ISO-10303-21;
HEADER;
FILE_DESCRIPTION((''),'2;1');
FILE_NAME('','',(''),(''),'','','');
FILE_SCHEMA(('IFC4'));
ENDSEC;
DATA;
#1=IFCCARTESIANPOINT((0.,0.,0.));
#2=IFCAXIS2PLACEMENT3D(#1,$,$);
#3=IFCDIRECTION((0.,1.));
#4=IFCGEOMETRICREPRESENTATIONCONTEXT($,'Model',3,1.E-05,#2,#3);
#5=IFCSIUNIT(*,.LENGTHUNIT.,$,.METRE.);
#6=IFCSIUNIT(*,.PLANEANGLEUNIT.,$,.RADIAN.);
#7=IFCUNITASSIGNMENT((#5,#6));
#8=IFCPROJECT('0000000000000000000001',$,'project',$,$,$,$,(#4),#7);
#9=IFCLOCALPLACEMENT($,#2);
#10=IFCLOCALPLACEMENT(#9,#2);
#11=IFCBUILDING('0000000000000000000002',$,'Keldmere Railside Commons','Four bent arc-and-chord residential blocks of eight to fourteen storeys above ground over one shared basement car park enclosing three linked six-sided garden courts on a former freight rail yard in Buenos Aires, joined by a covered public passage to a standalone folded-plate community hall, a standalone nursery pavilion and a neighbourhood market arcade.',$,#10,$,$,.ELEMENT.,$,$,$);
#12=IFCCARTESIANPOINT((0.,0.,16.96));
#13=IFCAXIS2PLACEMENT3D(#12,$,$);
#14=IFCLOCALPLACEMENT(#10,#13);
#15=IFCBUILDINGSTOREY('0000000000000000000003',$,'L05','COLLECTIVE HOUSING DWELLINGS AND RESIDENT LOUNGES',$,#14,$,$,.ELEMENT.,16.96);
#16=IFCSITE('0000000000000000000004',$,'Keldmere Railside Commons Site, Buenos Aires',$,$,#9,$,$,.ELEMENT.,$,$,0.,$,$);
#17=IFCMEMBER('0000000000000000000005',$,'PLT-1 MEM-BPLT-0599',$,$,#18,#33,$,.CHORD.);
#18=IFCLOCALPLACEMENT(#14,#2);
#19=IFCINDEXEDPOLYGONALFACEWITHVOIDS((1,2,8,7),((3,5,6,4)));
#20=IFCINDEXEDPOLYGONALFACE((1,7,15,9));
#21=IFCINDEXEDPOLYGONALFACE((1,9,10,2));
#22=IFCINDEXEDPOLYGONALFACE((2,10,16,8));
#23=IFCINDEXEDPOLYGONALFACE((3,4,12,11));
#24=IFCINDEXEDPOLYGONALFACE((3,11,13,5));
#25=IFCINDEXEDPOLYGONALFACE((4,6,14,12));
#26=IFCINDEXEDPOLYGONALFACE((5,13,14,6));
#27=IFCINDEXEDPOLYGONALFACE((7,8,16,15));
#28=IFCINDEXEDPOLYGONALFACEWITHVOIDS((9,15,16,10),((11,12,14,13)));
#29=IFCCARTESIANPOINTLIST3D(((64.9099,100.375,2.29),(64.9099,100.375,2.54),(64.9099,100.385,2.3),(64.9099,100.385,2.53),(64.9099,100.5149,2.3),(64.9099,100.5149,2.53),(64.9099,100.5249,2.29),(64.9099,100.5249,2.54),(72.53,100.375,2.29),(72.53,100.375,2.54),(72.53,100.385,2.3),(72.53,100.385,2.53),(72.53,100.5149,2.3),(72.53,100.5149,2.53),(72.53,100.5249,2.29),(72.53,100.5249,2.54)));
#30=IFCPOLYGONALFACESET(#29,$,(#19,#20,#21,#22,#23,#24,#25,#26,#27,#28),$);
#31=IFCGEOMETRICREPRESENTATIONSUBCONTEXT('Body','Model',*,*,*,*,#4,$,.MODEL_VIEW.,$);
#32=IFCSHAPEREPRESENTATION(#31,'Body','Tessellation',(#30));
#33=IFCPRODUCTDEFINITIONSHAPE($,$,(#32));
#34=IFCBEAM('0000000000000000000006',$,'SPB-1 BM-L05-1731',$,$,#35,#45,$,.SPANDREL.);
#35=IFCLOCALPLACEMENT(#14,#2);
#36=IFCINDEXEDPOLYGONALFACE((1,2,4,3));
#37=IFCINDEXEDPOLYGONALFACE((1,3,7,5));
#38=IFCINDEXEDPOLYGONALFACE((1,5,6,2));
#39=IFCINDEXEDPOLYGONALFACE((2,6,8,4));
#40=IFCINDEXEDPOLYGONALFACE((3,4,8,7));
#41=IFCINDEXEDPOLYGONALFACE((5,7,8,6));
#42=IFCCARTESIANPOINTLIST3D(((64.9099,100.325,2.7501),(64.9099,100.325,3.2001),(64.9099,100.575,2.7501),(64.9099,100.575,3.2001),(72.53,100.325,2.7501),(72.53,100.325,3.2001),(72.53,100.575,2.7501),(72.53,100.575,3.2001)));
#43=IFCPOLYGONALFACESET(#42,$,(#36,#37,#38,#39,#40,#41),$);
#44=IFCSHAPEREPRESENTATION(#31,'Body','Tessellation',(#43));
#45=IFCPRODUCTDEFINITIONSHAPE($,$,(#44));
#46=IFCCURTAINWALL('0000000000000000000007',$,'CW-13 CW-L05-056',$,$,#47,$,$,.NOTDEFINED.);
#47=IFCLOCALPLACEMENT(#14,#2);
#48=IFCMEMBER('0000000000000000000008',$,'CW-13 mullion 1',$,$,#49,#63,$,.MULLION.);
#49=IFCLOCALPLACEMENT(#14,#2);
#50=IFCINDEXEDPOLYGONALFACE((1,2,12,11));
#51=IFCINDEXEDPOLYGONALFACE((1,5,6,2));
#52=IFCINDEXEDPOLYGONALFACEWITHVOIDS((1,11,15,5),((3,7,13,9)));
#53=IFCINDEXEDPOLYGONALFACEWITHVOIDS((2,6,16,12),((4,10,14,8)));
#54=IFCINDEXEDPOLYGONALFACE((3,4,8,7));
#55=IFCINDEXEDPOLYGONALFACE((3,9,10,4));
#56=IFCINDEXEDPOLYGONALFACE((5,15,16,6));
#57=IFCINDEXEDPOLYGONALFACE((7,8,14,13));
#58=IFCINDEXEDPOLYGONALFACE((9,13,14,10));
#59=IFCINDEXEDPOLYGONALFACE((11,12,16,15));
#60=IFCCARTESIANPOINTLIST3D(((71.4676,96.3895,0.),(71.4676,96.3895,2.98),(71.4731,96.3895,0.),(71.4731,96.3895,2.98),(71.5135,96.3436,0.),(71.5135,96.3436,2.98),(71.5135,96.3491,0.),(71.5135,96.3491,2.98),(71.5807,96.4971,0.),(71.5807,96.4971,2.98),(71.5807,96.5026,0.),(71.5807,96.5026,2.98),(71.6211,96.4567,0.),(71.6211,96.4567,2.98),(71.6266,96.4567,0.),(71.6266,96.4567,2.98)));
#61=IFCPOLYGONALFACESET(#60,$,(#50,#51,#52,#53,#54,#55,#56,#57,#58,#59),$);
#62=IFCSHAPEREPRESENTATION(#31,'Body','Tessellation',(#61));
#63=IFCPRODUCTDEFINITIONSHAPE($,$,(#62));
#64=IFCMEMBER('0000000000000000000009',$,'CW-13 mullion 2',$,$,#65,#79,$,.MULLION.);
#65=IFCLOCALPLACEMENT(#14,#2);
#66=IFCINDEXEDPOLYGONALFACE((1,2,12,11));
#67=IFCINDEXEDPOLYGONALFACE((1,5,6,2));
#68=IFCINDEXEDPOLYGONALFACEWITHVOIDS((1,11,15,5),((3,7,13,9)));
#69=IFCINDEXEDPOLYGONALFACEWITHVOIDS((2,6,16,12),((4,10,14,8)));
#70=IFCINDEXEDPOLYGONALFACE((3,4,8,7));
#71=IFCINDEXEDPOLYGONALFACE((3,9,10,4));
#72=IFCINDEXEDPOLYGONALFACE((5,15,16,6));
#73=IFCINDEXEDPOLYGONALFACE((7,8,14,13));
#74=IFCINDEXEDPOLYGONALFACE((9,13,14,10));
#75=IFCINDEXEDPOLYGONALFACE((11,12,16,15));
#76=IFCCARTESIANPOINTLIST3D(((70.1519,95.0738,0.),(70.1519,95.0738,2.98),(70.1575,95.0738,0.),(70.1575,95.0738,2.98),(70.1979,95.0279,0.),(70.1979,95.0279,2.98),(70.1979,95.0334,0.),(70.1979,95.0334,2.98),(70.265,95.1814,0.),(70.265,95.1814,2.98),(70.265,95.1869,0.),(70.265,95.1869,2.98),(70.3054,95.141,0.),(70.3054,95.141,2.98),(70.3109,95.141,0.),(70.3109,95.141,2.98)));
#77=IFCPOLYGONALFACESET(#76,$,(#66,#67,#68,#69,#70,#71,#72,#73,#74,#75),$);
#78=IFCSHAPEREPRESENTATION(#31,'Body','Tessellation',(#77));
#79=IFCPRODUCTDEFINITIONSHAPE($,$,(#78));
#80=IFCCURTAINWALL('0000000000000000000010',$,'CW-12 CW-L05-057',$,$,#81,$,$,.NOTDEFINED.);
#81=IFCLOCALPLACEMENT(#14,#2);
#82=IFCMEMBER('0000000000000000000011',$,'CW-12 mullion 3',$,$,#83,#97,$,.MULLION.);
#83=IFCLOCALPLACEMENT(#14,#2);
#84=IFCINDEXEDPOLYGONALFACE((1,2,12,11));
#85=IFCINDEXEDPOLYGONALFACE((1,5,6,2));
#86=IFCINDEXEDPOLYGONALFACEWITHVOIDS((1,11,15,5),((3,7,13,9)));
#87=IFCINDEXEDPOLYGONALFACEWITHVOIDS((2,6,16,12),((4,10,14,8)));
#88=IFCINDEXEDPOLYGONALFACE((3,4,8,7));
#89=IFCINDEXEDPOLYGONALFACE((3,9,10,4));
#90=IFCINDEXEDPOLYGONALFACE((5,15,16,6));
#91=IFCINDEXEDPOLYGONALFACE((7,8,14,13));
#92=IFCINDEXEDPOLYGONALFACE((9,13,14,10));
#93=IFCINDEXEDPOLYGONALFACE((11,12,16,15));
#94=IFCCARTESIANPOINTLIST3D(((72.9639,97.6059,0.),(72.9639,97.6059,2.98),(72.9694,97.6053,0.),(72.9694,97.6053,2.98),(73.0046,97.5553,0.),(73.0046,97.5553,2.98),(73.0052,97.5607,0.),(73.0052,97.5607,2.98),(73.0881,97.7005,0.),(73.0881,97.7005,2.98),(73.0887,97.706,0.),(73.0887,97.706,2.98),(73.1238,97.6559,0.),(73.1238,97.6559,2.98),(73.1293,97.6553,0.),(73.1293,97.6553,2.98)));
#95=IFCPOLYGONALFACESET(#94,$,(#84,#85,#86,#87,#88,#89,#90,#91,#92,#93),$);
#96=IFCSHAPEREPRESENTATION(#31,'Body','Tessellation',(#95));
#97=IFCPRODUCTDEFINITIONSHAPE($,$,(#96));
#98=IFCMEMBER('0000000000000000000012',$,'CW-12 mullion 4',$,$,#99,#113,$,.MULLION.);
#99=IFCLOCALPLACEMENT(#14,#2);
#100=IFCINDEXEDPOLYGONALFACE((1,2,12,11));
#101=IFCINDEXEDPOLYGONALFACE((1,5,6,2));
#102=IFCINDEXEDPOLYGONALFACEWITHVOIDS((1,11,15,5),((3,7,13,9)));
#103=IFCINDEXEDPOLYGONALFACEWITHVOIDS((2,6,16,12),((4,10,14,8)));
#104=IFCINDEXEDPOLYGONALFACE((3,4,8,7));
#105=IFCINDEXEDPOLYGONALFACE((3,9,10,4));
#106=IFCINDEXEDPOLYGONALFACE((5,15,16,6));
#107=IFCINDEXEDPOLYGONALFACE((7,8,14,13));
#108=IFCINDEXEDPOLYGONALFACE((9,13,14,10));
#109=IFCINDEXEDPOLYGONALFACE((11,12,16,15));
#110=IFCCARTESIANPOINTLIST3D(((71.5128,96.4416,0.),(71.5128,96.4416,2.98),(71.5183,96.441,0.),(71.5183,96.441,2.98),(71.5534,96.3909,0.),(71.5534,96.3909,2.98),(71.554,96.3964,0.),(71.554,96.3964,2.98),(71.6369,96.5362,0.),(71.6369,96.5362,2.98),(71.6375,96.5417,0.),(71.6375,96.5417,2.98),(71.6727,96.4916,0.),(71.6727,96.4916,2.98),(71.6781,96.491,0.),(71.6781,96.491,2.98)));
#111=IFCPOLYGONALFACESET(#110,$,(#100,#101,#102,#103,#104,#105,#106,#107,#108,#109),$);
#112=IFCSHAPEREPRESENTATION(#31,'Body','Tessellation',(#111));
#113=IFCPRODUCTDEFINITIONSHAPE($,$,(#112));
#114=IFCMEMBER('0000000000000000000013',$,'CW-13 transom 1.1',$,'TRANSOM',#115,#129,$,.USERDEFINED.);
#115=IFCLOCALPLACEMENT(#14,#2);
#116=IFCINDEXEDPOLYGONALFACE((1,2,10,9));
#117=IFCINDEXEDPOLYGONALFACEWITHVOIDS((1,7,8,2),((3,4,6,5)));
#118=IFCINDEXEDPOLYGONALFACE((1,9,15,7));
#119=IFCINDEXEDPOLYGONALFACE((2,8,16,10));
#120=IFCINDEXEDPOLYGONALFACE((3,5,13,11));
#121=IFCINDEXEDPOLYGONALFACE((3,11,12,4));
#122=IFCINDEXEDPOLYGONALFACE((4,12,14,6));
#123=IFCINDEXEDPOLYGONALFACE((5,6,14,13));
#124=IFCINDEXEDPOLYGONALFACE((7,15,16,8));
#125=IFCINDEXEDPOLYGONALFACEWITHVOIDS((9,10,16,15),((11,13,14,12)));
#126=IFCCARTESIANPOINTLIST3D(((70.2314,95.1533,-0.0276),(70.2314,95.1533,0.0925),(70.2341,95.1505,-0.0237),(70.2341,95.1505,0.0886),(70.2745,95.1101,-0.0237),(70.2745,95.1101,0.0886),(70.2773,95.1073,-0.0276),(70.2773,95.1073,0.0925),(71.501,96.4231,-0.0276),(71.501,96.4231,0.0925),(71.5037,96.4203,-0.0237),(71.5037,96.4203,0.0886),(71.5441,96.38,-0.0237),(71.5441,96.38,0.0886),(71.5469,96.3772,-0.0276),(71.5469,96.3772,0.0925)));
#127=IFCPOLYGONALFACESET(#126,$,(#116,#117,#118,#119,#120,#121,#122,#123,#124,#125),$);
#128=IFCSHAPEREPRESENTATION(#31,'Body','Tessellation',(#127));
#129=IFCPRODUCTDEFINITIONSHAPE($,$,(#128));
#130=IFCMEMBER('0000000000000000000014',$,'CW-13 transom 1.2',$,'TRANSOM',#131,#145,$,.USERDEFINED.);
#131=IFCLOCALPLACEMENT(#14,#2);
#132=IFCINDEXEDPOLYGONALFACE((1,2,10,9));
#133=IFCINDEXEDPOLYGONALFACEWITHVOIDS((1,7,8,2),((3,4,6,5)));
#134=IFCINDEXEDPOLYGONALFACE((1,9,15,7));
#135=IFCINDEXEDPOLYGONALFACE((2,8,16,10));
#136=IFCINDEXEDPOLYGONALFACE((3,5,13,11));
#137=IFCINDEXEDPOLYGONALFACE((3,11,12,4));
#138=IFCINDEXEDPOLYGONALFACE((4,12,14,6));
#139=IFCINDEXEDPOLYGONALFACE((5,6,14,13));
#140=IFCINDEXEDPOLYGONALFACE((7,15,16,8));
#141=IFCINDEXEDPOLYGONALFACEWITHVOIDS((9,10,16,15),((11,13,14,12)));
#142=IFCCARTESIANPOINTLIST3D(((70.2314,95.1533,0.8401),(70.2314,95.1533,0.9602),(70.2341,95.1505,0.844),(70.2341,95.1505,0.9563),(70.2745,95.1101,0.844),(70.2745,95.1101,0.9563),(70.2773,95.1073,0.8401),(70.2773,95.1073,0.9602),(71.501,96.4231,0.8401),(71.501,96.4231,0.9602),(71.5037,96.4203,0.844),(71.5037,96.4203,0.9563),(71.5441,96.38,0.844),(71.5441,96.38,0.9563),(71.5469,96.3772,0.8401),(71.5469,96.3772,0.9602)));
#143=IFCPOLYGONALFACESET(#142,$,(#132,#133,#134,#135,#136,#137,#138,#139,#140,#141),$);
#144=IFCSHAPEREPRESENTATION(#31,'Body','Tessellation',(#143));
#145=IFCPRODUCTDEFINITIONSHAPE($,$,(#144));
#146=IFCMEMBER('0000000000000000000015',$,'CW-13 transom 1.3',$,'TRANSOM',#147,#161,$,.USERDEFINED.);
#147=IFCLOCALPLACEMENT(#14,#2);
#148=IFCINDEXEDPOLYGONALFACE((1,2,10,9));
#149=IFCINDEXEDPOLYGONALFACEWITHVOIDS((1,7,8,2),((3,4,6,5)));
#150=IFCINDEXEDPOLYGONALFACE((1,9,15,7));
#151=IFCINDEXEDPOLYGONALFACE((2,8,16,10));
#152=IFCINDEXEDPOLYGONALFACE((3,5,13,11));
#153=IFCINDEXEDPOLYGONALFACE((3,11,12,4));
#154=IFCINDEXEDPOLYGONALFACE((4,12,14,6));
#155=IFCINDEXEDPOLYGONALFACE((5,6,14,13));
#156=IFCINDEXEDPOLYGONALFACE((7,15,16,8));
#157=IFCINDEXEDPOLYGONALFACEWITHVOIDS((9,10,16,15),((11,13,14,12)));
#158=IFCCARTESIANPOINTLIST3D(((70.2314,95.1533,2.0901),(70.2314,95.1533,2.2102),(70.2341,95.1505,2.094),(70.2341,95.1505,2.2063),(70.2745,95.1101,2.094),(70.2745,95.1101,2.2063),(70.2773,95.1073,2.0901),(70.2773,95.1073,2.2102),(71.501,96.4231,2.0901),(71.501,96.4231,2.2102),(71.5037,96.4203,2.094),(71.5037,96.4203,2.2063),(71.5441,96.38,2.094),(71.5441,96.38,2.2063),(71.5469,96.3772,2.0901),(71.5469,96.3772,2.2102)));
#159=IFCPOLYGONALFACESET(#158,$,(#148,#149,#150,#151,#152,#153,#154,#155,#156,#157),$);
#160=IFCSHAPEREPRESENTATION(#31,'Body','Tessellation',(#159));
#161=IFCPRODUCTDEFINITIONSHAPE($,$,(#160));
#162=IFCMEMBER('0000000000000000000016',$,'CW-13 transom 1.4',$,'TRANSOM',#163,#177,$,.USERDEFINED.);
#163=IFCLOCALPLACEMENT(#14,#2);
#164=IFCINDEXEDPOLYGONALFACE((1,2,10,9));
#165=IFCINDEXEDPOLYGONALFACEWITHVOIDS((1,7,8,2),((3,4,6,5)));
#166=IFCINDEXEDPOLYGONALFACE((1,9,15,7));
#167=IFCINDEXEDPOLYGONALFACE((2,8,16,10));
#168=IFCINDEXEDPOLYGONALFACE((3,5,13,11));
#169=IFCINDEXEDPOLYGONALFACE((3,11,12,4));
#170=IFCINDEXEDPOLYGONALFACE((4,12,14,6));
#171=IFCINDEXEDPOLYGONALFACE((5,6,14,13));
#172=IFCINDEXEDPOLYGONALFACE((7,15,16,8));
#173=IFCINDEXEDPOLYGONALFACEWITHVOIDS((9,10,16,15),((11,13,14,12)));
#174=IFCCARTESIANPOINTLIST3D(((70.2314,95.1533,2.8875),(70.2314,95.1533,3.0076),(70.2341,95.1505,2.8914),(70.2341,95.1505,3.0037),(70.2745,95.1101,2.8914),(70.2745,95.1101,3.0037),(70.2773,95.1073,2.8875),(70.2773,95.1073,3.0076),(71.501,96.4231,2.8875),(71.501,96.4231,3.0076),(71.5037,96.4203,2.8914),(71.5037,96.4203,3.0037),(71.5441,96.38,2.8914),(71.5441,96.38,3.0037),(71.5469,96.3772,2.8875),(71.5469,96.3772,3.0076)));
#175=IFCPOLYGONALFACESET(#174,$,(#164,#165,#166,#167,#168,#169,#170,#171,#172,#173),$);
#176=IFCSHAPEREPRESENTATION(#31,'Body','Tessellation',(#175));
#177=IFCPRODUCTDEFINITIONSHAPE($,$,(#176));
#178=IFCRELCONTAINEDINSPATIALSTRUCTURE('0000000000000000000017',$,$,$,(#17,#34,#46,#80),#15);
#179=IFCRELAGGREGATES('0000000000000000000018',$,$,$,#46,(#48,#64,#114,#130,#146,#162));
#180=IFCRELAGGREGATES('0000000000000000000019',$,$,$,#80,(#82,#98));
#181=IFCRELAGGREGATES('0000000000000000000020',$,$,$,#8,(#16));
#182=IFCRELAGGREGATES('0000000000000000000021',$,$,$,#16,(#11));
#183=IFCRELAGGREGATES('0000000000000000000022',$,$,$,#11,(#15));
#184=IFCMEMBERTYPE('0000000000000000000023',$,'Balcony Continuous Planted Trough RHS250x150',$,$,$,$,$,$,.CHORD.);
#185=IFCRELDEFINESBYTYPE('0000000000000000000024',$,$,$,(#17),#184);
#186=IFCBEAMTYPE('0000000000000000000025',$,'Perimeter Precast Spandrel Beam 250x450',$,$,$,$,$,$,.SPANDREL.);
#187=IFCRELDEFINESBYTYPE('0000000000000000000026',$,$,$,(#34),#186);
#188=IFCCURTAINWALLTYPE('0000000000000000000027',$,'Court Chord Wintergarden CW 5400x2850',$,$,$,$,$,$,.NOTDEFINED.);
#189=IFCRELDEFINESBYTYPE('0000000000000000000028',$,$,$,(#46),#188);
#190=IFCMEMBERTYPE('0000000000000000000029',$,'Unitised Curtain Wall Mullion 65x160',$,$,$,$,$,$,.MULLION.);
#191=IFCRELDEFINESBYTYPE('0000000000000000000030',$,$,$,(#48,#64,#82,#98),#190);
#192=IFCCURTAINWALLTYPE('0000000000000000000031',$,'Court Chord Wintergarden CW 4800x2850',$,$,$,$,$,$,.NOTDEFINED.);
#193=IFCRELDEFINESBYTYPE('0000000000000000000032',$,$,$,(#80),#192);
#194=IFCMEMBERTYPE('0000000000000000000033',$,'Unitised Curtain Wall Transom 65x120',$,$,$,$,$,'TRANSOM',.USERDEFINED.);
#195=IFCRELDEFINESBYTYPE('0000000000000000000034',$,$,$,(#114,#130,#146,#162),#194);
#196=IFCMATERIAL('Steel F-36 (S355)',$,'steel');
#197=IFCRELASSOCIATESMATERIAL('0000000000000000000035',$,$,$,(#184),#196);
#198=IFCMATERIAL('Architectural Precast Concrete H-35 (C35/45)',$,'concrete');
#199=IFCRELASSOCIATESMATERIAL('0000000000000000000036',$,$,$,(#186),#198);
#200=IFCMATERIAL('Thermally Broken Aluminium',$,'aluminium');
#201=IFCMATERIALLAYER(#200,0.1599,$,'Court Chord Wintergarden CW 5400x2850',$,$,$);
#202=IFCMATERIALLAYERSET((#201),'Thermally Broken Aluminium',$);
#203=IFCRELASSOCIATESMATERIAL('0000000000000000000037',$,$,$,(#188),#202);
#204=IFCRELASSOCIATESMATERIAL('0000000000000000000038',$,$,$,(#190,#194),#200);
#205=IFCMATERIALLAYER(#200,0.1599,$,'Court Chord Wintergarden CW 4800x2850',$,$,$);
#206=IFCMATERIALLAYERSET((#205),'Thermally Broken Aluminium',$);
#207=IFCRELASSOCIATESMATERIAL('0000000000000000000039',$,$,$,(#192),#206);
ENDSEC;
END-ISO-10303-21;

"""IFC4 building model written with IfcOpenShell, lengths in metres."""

from ifc_helpers import new_model, si_unit, direction, frame, origin, origin_2d, place, context, subcontext, project, spatial, rectangle, hollow_rectangle, extrude, material, layer, layer_set, material_profile, profile_set, type_object, element, aggregate, save


model = new_model("IFC4")

# Units and contexts
model_context = context("Model", 3, precision=1e-05, world=origin(), true_north=direction((0.0, 1.0)))
body_context = subcontext(model_context, "Body", "Model", "MODEL_VIEW")
ifc_project = project(units=[si_unit("LENGTHUNIT", "METRE"), si_unit("PLANEANGLEUNIT", "RADIAN")], contexts=[model_context])

# Site, building, storey
site_placement = place(None, origin())
site = spatial("IfcSite", under=ifc_project, at=site_placement, Name="Keldmere Railside Commons Site, Buenos Aires", CompositionType="ELEMENT", RefElevation=0.0)
building_placement = place(site_placement, origin())
building = spatial("IfcBuilding", under=site, at=building_placement, Name="Keldmere Railside Commons", Description="Four bent arc-and-chord residential blocks of eight to fourteen storeys above ground over one shared basement car park enclosing three linked six-sided garden courts on a former freight rail yard in Buenos Aires, joined by a covered public passage to a standalone folded-plate community hall, a standalone nursery pavilion and a neighbourhood market arcade.", CompositionType="ELEMENT")
storey_placement = place(building_placement, frame((0.0, 0.0, 16.96)))
storey = spatial("IfcBuildingStorey", under=building, at=storey_placement, Name="L05", Description="COLLECTIVE HOUSING DWELLINGS AND RESIDENT LOUNGES", CompositionType="ELEMENT", Elevation=16.96)

# Member
ifc_material_1 = material(Name="Steel F-36 (S355)", Category="steel")
ifc_material_profile_1 = material_profile(ifc_material_1, hollow_rectangle(XDim=0.1499, YDim=0.25, WallThickness=0.01, at=origin_2d()), Name="RHS-250x150x10")
ifc_profile_set_1 = profile_set([ifc_material_profile_1], Name="Steel F-36 (S355)")
member_type_1 = type_object("IfcMemberType", Name="Balcony Continuous Planted Trough RHS250x150", PredefinedType="CHORD", material=ifc_profile_set_1)
member_1_placement = place(storey_placement, frame((64.9099, 100.45, 2.415), z_axis=(1.0, 0.0, 0.0), x_axis=(0.0, 1.0, 0.0)))
element("IfcMember", 1, at=member_1_placement, inside=storey, type_object=member_type_1, Name="PLT-1 MEM-BPLT-0599", PredefinedType="CHORD", context=body_context, shape_type="SweptSolid", body=[
    extrude(hollow_rectangle(XDim=0.1499, YDim=0.25, WallThickness=0.01, at=origin_2d()), origin(), (0.0, 0.0, 1.0), 7.6201),
])

# Beam
ifc_material_2 = material(Name="Architectural Precast Concrete H-35 (C35/45)", Category="concrete")
ifc_material_profile_2 = material_profile(ifc_material_2, rectangle(XDim=0.25, YDim=0.45, at=origin_2d()), Name="RC-250x450")
ifc_profile_set_2 = profile_set([ifc_material_profile_2], Name="Architectural Precast Concrete H-35 (C35/45)")
beam_type = type_object("IfcBeamType", Name="Perimeter Precast Spandrel Beam 250x450", PredefinedType="SPANDREL", material=ifc_profile_set_2)
beam_placement = place(storey_placement, frame((64.9099, 100.45, 2.9751), z_axis=(1.0, 0.0, 0.0), x_axis=(0.0, 1.0, 0.0)))
element("IfcBeam", 2, at=beam_placement, inside=storey, type_object=beam_type, Name="SPB-1 BM-L05-1731", PredefinedType="SPANDREL", context=body_context, shape_type="SweptSolid", body=[
    extrude(rectangle(XDim=0.25, YDim=0.45, at=origin_2d()), origin(), (0.0, 0.0, 1.0), 7.6201),
])

# Curtain walls, members
ifc_material_3 = material(Name="Thermally Broken Aluminium", Category="aluminium")
ifc_layer_1 = layer(ifc_material_3, 0.1599, Name="Court Chord Wintergarden CW 5400x2850")
ifc_layer_set_1 = layer_set([ifc_layer_1], Name="Thermally Broken Aluminium")
curtain_wall_type_1 = type_object("IfcCurtainWallType", Name="Court Chord Wintergarden CW 5400x2850", PredefinedType="NOTDEFINED", material=ifc_layer_set_1)
curtain_wall_1_placement = place(storey_placement, origin())
curtain_wall_1 = element("IfcCurtainWall", 3, at=curtain_wall_1_placement, inside=storey, type_object=curtain_wall_type_1, Name="CW-13 CW-L05-056", PredefinedType="NOTDEFINED")
ifc_material_profile_3 = material_profile(ifc_material_3, hollow_rectangle(XDim=0.0649, YDim=0.1599, WallThickness=0.0039, at=origin_2d()), Name="ALU-MULL-65x160")
ifc_profile_set_3 = profile_set([ifc_material_profile_3], Name="Thermally Broken Aluminium")
member_type_2 = type_object("IfcMemberType", Name="Unitised Curtain Wall Mullion 65x160", PredefinedType="MULLION", material=ifc_profile_set_3)
member_2_placement = place(storey_placement, frame((71.5471, 96.4231, 0.0), z_axis=(0.0, 0.0, 1.0), x_axis=(0.707107, -0.707107, 0.0)))
member_2 = element("IfcMember", 4, at=member_2_placement, type_object=member_type_2, Name="CW-13 mullion 1", PredefinedType="MULLION", context=body_context, shape_type="SweptSolid", body=[
    extrude(hollow_rectangle(XDim=0.0649, YDim=0.1599, WallThickness=0.0039, at=origin_2d()), origin(), (0.0, 0.0, 1.0), 2.98),
])
member_3_placement = place(storey_placement, frame((70.2314, 95.1074, 0.0), z_axis=(0.0, 0.0, 1.0), x_axis=(0.707107, -0.707107, 0.0)))
member_3 = element("IfcMember", 5, at=member_3_placement, type_object=member_type_2, Name="CW-13 mullion 2", PredefinedType="MULLION", context=body_context, shape_type="SweptSolid", body=[
    extrude(hollow_rectangle(XDim=0.0649, YDim=0.1599, WallThickness=0.0039, at=origin_2d()), origin(), (0.0, 0.0, 1.0), 2.98),
])
ifc_layer_2 = layer(ifc_material_3, 0.1599, Name="Court Chord Wintergarden CW 4800x2850")
ifc_layer_set_2 = layer_set([ifc_layer_2], Name="Thermally Broken Aluminium")
curtain_wall_type_2 = type_object("IfcCurtainWallType", Name="Court Chord Wintergarden CW 4800x2850", PredefinedType="NOTDEFINED", material=ifc_layer_set_2)
curtain_wall_2_placement = place(storey_placement, origin())
curtain_wall_2 = element("IfcCurtainWall", 6, at=curtain_wall_2_placement, inside=storey, type_object=curtain_wall_type_2, Name="CW-12 CW-L05-057", PredefinedType="NOTDEFINED")
member_4_placement = place(storey_placement, frame((73.0466, 97.6306, 0.0), z_axis=(0.0, 0.0, 1.0), x_axis=(0.625768, -0.780009, 0.0)))
member_4 = element("IfcMember", 7, at=member_4_placement, type_object=member_type_2, Name="CW-12 mullion 3", PredefinedType="MULLION", context=body_context, shape_type="SweptSolid", body=[
    extrude(hollow_rectangle(XDim=0.0649, YDim=0.1599, WallThickness=0.0039, at=origin_2d()), origin(), (0.0, 0.0, 1.0), 2.98),
])
member_5_placement = place(storey_placement, frame((71.5955, 96.4663, 0.0), z_axis=(0.0, 0.0, 1.0), x_axis=(0.625768, -0.780009, 0.0)))
member_5 = element("IfcMember", 8, at=member_5_placement, type_object=member_type_2, Name="CW-12 mullion 4", PredefinedType="MULLION", context=body_context, shape_type="SweptSolid", body=[
    extrude(hollow_rectangle(XDim=0.0649, YDim=0.1599, WallThickness=0.0039, at=origin_2d()), origin(), (0.0, 0.0, 1.0), 2.98),
])

# Members
ifc_material_profile_4 = material_profile(ifc_material_3, hollow_rectangle(XDim=0.0649, YDim=0.1201, WallThickness=0.0039, at=origin_2d()), Name="ALU-TRAN-65x120")
ifc_profile_set_4 = profile_set([ifc_material_profile_4], Name="Thermally Broken Aluminium")
member_type_3 = type_object("IfcMemberType", Name="Unitised Curtain Wall Transom 65x120", ElementType="TRANSOM", PredefinedType="USERDEFINED", material=ifc_profile_set_4)
member_6_placement = place(storey_placement, frame((71.5239, 96.4001, 0.0325), z_axis=(-0.707039, -0.707175, 0.0), x_axis=(0.707175, -0.707039, 0.0)))
member_6 = element("IfcMember", 9, at=member_6_placement, type_object=member_type_3, Name="CW-13 transom 1.1", ObjectType="TRANSOM", PredefinedType="USERDEFINED", context=body_context, shape_type="SweptSolid", body=[
    extrude(hollow_rectangle(XDim=0.0649, YDim=0.1201, WallThickness=0.0039, at=origin_2d()), origin(), (0.0, 0.0, 1.0), 1.7957),
])
member_7_placement = place(storey_placement, frame((71.5239, 96.4001, 0.9001), z_axis=(-0.707039, -0.707175, 0.0), x_axis=(0.707175, -0.707039, 0.0)))
member_7 = element("IfcMember", 10, at=member_7_placement, type_object=member_type_3, Name="CW-13 transom 1.2", ObjectType="TRANSOM", PredefinedType="USERDEFINED", context=body_context, shape_type="SweptSolid", body=[
    extrude(hollow_rectangle(XDim=0.0649, YDim=0.1201, WallThickness=0.0039, at=origin_2d()), origin(), (0.0, 0.0, 1.0), 1.7957),
])
member_8_placement = place(storey_placement, frame((71.5239, 96.4001, 2.1501), z_axis=(-0.707039, -0.707175, 0.0), x_axis=(0.707175, -0.707039, 0.0)))
member_8 = element("IfcMember", 11, at=member_8_placement, type_object=member_type_3, Name="CW-13 transom 1.3", ObjectType="TRANSOM", PredefinedType="USERDEFINED", context=body_context, shape_type="SweptSolid", body=[
    extrude(hollow_rectangle(XDim=0.0649, YDim=0.1201, WallThickness=0.0039, at=origin_2d()), origin(), (0.0, 0.0, 1.0), 1.7957),
])
member_9_placement = place(storey_placement, frame((71.5239, 96.4001, 2.9475), z_axis=(-0.707039, -0.707175, 0.0), x_axis=(0.707175, -0.707039, 0.0)))
member_9 = element("IfcMember", 12, at=member_9_placement, type_object=member_type_3, Name="CW-13 transom 1.4", ObjectType="TRANSOM", PredefinedType="USERDEFINED", context=body_context, shape_type="SweptSolid", body=[
    extrude(hollow_rectangle(XDim=0.0649, YDim=0.1201, WallThickness=0.0039, at=origin_2d()), origin(), (0.0, 0.0, 1.0), 1.7957),
])

aggregate(curtain_wall_1, [member_2, member_3, member_6, member_7, member_8, member_9])
aggregate(curtain_wall_2, [member_4, member_5])

save(model, "model.ifc")
